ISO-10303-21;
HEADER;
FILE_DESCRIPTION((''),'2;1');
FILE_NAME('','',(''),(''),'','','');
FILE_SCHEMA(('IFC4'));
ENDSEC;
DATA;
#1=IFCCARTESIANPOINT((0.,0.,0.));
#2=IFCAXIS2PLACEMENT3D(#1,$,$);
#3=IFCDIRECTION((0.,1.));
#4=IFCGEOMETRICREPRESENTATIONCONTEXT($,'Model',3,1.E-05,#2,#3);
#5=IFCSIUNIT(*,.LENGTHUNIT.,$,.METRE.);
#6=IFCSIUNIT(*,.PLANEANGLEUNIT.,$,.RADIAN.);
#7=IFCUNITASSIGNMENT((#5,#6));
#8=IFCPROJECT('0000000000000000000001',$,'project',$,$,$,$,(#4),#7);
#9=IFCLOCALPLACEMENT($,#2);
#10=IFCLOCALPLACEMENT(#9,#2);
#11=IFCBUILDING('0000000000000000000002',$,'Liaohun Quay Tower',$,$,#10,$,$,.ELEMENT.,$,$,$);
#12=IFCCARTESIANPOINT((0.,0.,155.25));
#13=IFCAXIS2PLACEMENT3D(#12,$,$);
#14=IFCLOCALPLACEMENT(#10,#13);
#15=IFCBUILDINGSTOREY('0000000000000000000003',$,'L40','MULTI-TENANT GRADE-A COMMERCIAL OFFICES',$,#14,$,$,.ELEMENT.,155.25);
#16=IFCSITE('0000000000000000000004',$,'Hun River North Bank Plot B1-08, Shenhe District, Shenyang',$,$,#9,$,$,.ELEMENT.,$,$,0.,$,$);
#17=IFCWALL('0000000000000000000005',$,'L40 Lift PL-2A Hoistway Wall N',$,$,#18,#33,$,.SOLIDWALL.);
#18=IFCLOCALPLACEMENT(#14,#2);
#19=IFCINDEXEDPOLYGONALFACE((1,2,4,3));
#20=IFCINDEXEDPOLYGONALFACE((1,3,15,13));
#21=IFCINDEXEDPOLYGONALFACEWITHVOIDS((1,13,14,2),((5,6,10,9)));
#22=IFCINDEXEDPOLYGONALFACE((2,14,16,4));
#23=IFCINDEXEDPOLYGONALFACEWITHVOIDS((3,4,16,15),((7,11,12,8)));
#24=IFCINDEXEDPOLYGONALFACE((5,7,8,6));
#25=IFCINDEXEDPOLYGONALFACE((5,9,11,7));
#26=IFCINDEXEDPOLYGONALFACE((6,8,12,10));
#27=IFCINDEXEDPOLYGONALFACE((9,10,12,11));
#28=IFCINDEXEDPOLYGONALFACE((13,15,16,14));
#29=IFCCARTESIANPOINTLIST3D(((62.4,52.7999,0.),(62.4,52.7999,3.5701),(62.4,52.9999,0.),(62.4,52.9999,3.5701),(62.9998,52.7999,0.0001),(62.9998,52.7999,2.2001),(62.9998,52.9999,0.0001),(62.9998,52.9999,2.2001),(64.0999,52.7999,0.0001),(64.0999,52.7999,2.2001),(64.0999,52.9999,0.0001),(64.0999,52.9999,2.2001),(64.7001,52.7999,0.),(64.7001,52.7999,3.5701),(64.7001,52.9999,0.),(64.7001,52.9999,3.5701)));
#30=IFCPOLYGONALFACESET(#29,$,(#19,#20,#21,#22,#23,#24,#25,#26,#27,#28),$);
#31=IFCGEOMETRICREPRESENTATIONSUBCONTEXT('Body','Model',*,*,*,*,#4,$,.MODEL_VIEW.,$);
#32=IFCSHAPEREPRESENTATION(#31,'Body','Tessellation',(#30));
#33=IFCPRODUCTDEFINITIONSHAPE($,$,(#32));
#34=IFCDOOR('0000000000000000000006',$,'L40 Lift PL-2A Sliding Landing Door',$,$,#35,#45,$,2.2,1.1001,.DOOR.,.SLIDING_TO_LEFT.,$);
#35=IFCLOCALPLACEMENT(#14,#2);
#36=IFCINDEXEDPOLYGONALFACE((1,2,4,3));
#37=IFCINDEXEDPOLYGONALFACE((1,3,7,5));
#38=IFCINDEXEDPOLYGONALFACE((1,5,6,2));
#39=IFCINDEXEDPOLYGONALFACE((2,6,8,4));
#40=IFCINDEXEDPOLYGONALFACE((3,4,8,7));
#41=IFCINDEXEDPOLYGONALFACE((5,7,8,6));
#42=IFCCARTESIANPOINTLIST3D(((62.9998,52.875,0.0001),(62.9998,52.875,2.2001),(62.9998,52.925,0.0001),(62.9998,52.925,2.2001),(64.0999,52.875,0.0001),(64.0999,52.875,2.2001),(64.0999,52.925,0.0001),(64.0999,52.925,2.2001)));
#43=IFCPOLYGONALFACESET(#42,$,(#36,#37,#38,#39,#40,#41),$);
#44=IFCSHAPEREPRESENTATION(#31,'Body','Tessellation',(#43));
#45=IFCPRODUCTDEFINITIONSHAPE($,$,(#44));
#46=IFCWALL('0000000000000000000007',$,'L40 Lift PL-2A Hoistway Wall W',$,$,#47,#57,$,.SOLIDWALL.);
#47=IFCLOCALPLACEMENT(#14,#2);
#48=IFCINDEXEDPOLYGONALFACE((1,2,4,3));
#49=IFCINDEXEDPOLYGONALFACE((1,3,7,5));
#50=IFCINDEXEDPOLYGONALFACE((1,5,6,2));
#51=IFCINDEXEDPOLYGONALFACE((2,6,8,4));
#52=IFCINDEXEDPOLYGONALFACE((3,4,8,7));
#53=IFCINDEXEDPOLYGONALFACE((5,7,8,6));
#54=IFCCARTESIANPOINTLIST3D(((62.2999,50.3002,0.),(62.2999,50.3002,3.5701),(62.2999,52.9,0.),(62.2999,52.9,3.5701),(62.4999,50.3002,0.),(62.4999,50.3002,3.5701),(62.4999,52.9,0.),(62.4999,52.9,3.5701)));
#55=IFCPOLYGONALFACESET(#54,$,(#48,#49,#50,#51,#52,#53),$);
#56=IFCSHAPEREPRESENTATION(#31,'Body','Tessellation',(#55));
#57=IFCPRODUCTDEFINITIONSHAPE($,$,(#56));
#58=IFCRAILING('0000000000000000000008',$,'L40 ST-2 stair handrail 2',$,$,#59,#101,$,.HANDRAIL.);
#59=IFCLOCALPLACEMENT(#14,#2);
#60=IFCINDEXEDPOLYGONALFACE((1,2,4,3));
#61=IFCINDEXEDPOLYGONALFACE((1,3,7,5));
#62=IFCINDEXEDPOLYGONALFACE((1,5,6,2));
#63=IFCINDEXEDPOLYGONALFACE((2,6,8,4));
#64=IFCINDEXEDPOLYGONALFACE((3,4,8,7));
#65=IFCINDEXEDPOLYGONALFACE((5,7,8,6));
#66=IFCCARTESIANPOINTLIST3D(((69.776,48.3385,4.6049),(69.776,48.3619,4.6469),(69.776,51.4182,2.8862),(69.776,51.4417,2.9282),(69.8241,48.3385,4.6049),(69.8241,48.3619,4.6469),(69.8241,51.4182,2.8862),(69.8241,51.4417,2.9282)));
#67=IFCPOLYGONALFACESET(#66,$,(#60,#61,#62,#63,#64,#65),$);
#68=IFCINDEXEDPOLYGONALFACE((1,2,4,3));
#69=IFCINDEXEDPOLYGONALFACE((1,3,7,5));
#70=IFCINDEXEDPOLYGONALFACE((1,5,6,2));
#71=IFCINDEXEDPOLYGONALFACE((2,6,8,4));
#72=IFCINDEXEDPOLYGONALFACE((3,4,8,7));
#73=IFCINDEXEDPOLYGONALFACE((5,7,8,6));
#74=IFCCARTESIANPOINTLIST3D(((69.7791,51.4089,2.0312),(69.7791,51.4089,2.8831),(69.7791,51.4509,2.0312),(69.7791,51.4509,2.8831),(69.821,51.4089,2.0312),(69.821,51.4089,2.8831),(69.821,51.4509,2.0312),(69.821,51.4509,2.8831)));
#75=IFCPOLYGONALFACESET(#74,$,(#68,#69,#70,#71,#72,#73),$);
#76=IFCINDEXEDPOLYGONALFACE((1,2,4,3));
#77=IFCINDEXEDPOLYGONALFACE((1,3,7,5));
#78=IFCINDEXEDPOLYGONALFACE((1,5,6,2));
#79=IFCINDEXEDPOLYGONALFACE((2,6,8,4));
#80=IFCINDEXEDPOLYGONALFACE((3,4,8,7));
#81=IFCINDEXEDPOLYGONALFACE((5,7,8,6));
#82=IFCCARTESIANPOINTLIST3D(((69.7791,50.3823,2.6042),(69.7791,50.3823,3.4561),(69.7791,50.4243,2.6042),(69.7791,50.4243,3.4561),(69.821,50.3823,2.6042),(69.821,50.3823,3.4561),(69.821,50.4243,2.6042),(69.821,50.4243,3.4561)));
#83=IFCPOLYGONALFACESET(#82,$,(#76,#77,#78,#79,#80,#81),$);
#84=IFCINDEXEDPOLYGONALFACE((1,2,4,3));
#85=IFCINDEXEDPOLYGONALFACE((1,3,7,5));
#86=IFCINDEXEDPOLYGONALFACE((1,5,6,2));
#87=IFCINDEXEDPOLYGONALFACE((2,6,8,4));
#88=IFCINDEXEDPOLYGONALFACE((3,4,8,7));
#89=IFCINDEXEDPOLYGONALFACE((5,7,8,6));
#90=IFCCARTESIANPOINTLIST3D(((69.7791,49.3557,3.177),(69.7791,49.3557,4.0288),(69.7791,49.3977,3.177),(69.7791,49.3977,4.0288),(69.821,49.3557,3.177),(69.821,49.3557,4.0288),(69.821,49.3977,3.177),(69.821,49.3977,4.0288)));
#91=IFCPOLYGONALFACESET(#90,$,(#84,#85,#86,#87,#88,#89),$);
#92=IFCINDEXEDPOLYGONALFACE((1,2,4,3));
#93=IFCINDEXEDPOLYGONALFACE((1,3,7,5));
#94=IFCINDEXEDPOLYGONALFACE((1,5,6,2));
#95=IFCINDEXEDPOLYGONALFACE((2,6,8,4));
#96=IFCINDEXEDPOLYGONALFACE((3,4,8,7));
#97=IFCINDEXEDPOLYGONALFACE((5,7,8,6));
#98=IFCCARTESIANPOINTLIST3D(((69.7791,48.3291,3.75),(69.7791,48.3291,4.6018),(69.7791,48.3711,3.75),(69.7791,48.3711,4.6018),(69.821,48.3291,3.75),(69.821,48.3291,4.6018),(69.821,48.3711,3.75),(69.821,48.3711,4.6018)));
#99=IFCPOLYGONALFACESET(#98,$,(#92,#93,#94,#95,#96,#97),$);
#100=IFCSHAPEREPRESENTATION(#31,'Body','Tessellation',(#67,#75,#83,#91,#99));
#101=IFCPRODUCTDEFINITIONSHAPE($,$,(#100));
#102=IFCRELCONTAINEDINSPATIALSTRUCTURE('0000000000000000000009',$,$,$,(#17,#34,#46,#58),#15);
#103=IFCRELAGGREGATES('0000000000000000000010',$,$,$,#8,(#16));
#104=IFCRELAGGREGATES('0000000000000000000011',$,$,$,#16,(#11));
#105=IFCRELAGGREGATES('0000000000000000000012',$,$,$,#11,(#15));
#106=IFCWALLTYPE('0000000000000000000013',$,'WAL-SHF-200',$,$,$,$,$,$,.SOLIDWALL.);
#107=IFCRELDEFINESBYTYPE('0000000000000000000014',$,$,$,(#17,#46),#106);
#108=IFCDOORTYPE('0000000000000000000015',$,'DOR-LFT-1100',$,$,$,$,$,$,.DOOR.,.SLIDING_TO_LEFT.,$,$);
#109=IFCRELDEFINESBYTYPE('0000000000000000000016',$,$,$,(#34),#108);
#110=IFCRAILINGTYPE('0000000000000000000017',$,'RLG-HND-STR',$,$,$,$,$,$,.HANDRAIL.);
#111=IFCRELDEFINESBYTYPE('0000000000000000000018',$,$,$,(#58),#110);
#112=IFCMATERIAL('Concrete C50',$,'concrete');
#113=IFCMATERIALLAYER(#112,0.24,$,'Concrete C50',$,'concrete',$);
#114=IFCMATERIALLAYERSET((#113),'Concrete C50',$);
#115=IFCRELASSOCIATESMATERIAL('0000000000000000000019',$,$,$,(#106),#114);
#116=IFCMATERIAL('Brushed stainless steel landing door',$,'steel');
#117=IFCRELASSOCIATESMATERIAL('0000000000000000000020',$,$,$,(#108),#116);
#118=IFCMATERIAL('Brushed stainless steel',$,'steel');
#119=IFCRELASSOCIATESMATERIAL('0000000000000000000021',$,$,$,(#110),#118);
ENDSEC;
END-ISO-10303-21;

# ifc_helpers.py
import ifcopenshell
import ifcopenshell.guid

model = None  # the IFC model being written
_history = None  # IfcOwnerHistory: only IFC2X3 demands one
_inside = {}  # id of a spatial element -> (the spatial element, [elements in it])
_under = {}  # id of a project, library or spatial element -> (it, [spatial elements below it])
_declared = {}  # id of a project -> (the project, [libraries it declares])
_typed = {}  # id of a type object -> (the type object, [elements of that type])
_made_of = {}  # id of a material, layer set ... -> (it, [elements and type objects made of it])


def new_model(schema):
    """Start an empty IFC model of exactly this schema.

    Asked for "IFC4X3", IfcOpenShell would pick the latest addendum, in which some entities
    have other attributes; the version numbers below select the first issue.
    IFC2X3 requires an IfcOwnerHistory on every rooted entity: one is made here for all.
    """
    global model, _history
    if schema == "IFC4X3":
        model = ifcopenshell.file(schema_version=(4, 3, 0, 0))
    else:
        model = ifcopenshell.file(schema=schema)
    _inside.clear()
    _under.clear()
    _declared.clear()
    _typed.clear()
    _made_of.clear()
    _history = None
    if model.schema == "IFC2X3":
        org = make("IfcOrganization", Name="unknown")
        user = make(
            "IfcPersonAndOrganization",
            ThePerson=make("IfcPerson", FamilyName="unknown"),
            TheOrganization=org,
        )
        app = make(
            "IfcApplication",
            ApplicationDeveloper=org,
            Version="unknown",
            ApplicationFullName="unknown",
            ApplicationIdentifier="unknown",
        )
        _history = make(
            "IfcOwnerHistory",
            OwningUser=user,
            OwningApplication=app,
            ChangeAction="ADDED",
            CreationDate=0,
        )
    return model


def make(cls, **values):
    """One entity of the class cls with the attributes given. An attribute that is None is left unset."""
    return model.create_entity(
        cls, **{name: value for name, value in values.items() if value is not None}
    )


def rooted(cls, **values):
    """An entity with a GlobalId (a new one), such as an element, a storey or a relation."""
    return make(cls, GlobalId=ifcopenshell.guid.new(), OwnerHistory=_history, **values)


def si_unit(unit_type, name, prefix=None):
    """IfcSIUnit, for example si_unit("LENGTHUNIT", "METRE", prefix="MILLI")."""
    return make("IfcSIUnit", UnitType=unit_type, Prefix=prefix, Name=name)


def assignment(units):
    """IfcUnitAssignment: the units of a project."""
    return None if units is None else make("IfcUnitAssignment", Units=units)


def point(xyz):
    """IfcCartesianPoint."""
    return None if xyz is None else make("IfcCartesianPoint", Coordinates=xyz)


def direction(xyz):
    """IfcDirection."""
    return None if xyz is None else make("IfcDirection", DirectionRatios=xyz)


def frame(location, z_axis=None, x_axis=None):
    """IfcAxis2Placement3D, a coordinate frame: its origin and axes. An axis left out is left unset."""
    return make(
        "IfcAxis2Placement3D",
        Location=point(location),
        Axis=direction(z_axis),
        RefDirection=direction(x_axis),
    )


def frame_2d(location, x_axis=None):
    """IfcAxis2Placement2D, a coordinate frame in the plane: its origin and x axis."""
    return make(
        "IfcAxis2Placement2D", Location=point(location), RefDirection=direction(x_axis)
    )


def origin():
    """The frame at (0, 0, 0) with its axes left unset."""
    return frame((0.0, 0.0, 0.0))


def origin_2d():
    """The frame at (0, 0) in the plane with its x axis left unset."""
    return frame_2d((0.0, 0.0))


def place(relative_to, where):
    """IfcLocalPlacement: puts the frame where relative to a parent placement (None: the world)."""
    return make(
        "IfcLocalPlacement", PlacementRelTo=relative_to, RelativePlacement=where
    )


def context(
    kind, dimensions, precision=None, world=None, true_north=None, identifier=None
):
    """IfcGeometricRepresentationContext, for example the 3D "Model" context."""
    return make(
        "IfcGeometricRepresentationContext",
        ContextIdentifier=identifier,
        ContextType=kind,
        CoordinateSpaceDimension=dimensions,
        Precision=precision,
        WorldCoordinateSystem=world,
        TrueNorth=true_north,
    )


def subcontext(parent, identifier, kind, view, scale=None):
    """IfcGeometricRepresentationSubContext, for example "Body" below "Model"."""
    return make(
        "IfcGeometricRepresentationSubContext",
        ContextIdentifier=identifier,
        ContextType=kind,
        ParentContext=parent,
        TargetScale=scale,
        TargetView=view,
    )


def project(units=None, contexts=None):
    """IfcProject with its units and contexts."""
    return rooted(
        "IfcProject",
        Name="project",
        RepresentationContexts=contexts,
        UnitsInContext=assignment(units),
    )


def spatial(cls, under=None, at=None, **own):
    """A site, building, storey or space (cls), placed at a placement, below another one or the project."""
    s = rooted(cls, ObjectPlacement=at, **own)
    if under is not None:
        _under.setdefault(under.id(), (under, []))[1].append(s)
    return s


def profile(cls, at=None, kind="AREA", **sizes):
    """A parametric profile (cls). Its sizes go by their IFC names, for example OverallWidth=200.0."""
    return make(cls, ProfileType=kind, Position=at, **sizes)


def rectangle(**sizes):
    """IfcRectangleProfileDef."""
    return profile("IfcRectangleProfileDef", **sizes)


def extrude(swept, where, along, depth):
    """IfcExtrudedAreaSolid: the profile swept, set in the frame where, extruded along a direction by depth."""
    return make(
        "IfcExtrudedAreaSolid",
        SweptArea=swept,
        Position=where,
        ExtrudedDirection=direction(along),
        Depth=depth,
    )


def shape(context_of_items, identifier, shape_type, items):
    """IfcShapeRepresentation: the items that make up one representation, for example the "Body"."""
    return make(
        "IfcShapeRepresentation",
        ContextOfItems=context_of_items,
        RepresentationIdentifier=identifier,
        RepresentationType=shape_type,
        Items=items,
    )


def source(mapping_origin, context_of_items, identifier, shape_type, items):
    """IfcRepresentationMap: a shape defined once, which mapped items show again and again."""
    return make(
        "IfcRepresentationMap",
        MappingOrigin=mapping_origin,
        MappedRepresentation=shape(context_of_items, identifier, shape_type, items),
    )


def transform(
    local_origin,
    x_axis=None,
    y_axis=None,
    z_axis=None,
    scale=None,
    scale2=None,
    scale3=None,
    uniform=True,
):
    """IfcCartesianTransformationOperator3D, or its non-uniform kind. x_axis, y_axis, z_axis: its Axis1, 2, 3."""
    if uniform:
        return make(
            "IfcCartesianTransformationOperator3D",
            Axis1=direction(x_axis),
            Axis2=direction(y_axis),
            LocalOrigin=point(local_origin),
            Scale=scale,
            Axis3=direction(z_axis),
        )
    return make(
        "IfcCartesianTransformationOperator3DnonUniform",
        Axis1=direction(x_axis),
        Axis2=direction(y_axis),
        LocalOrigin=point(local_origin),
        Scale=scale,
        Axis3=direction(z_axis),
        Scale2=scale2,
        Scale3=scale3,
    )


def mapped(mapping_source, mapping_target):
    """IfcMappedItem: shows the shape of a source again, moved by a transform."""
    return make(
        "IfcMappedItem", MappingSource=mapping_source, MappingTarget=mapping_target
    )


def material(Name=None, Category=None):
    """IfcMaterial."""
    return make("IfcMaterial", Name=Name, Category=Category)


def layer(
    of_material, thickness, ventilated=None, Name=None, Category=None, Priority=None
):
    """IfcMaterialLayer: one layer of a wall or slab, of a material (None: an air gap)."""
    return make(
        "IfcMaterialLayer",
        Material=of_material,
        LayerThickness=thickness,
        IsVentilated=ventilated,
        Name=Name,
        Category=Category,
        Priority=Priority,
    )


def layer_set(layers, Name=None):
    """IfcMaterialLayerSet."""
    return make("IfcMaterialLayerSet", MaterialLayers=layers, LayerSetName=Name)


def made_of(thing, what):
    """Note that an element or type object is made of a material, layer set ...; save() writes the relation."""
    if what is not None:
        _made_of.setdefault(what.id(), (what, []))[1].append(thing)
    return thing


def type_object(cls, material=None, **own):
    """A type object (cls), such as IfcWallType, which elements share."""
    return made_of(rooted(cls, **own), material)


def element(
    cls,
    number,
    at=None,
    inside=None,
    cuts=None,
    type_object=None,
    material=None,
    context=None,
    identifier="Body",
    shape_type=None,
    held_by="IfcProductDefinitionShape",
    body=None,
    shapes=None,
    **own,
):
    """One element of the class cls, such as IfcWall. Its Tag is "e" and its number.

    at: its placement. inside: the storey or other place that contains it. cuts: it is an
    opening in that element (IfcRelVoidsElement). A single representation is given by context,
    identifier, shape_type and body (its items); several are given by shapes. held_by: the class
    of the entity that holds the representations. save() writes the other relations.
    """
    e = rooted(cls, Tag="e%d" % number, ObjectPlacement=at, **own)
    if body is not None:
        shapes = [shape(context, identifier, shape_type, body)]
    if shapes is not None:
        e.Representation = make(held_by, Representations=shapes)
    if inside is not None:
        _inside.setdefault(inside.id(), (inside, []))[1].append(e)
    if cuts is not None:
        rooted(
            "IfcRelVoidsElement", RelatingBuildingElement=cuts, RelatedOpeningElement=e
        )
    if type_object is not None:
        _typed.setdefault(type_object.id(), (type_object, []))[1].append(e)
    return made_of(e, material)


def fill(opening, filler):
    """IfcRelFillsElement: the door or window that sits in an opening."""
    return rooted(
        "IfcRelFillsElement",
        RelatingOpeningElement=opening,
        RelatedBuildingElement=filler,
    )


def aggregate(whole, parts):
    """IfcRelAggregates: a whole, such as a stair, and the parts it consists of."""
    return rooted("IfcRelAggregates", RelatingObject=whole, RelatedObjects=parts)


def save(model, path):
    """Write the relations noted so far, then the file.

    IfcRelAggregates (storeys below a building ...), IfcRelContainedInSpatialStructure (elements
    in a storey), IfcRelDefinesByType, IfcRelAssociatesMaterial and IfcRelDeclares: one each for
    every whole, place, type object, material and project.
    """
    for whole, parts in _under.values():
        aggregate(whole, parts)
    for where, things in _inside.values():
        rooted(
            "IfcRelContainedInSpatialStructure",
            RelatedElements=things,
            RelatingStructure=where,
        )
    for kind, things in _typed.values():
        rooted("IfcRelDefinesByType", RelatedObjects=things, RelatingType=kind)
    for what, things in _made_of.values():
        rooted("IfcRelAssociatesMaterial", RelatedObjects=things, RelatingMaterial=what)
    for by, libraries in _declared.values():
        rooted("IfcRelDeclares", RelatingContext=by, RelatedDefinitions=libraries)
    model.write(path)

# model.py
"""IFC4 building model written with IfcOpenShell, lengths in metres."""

from ifc_helpers import new_model, si_unit, direction, frame, frame_2d, origin, origin_2d, place, context, subcontext, project, spatial, rectangle, extrude, source, transform, mapped, material, layer, layer_set, type_object, element, fill, save


model = new_model("IFC4")

# Units and contexts
model_context = context("Model", 3, precision=1e-05, world=origin(), true_north=direction((0.0, 1.0)))
body_context = subcontext(model_context, "Body", "Model", "MODEL_VIEW")
ifc_project = project(units=[si_unit("LENGTHUNIT", "METRE"), si_unit("PLANEANGLEUNIT", "RADIAN")], contexts=[model_context])

# Site, building, storey
site_placement = place(None, origin())
site = spatial("IfcSite", under=ifc_project, at=site_placement, Name="Hun River North Bank Plot B1-08, Shenhe District, Shenyang", CompositionType="ELEMENT", RefElevation=0.0)
building_placement = place(site_placement, origin())
building = spatial("IfcBuilding", under=site, at=building_placement, Name="Liaohun Quay Tower", CompositionType="ELEMENT")
storey_placement = place(building_placement, frame((0.0, 0.0, 155.25)))
storey = spatial("IfcBuildingStorey", under=building, at=storey_placement, Name="L40", Description="MULTI-TENANT GRADE-A COMMERCIAL OFFICES", CompositionType="ELEMENT", Elevation=155.25)

# Shared definitions
ifc_material_1 = material(Name="Concrete C50", Category="concrete")
ifc_layer_1 = layer(ifc_material_1, 0.24, Name="Concrete C50", Category="concrete")
ifc_layer_set_1 = layer_set([ifc_layer_1], Name="Concrete C50")
wall_type_1 = type_object("IfcWallType", Name="WAL-SHF-200", PredefinedType="SOLIDWALL", material=ifc_layer_set_1)

# Wall, opening, door
wall_1_placement = place(storey_placement, frame((64.7, 52.8999, 0.0), z_axis=(0.0, 0.0, 1.0), x_axis=(-1.0, 0.0, 0.0)))
wall_1 = element("IfcWall", 1, at=wall_1_placement, inside=storey, type_object=wall_type_1, Name="L40 Lift PL-2A Hoistway Wall N", PredefinedType="SOLIDWALL", context=body_context, shape_type="SweptSolid", body=[
    extrude(rectangle(XDim=2.3, YDim=0.2, at=frame_2d((1.1499, 0.0))), origin(), (0.0, 0.0, 1.0), 3.5701),
])
shared_shape_1 = source(origin(), body_context, "Body", "SweptSolid", [
    extrude(rectangle(XDim=1.1001, YDim=2.2, at=frame_2d((0.55, 1.1001))), frame((0.0, 0.1099, 0.0), z_axis=(0.0, -1.0, 0.0), x_axis=(1.0, 0.0, 0.0)), (0.0, 0.0, 1.0), 0.22),
])
opening_1_placement = place(wall_1_placement, frame((0.6001, 0.0, 0.0)))
opening_1 = element("IfcOpeningElement", 2, at=opening_1_placement, cuts=wall_1, PredefinedType="OPENING", context=body_context, shape_type="MappedRepresentation", body=[
    mapped(shared_shape_1, transform((0.0, 0.0, 0.0), x_axis=(1.0, 0.0, 0.0), y_axis=(0.0, 1.0, 0.0), z_axis=(0.0, 0.0, 1.0), scale=1.0)),
])
ifc_material_2 = material(Name="Brushed stainless steel landing door", Category="steel")
door_type_1 = type_object("IfcDoorType", Name="DOR-LFT-1100", OperationType="SLIDING_TO_LEFT", PredefinedType="DOOR", material=ifc_material_2)
shared_shape_2 = source(origin(), body_context, "Body", "SweptSolid", [
    extrude(rectangle(XDim=1.1001, YDim=2.2, at=frame_2d((0.55, 1.1001))), frame((0.0, 0.0249, 0.0), z_axis=(0.0, -1.0, 0.0), x_axis=(1.0, 0.0, 0.0)), (0.0, 0.0, 1.0), 0.05),
])
door_1_placement = place(opening_1_placement, origin())
door_1 = element("IfcDoor", 3, at=door_1_placement, inside=storey, type_object=door_type_1, Name="L40 Lift PL-2A Sliding Landing Door", OperationType="SLIDING_TO_LEFT", OverallHeight=2.2, OverallWidth=1.1001, PredefinedType="DOOR", context=body_context, shape_type="MappedRepresentation", body=[
    mapped(shared_shape_2, transform((0.0, 0.0, 0.0), x_axis=(1.0, 0.0, 0.0), y_axis=(0.0, 1.0, 0.0), z_axis=(0.0, 0.0, 1.0), scale=1.0)),
])
fill(opening_1, door_1)

# Wall
wall_2_placement = place(storey_placement, frame((62.3999, 52.8999, 0.0), z_axis=(0.0, 0.0, 1.0), x_axis=(0.0, -1.0, 0.0)))
element("IfcWall", 4, at=wall_2_placement, inside=storey, type_object=wall_type_1, Name="L40 Lift PL-2A Hoistway Wall W", PredefinedType="SOLIDWALL", context=body_context, shape_type="SweptSolid", body=[
    extrude(rectangle(XDim=2.5999, YDim=0.2, at=frame_2d((1.2998, 0.0))), origin(), (0.0, 0.0, 1.0), 3.5701),
])

# Railing
ifc_material_3 = material(Name="Brushed stainless steel", Category="steel")
railing_type = type_object("IfcRailingType", Name="RLG-HND-STR", PredefinedType="HANDRAIL", material=ifc_material_3)
railing_placement = place(storey_placement, frame((69.8, 51.4299, 2.0312)))
element("IfcRailing", 5, at=railing_placement, inside=storey, type_object=railing_type, Name="L40 ST-2 stair handrail 2", PredefinedType="HANDRAIL", context=body_context, shape_type="SweptSolid", body=[
    extrude(rectangle(XDim=0.0481, YDim=0.0481, at=origin_2d()), frame((0.0, 0.0, 0.876), z_axis=(0.0, -0.873225, 0.487317), x_axis=(1.0, 0.0, 0.0)), (0.0, 0.0, 1.0), 3.5269),
    extrude(rectangle(XDim=0.042, YDim=0.042, at=origin_2d()), origin(), (0.0, 0.0, 1.0), 0.8518),
    extrude(rectangle(XDim=0.042, YDim=0.042, at=origin_2d()), frame((0.0, -1.0266, 0.573)), (0.0, 0.0, 1.0), 0.8518),
    extrude(rectangle(XDim=0.042, YDim=0.042, at=origin_2d()), frame((0.0, -2.0532, 1.1458)), (0.0, 0.0, 1.0), 0.8518),
    extrude(rectangle(XDim=0.042, YDim=0.042, at=origin_2d()), frame((0.0, -3.0798, 1.7188)), (0.0, 0.0, 1.0), 0.8518),
])

save(model, "model.ifc")
